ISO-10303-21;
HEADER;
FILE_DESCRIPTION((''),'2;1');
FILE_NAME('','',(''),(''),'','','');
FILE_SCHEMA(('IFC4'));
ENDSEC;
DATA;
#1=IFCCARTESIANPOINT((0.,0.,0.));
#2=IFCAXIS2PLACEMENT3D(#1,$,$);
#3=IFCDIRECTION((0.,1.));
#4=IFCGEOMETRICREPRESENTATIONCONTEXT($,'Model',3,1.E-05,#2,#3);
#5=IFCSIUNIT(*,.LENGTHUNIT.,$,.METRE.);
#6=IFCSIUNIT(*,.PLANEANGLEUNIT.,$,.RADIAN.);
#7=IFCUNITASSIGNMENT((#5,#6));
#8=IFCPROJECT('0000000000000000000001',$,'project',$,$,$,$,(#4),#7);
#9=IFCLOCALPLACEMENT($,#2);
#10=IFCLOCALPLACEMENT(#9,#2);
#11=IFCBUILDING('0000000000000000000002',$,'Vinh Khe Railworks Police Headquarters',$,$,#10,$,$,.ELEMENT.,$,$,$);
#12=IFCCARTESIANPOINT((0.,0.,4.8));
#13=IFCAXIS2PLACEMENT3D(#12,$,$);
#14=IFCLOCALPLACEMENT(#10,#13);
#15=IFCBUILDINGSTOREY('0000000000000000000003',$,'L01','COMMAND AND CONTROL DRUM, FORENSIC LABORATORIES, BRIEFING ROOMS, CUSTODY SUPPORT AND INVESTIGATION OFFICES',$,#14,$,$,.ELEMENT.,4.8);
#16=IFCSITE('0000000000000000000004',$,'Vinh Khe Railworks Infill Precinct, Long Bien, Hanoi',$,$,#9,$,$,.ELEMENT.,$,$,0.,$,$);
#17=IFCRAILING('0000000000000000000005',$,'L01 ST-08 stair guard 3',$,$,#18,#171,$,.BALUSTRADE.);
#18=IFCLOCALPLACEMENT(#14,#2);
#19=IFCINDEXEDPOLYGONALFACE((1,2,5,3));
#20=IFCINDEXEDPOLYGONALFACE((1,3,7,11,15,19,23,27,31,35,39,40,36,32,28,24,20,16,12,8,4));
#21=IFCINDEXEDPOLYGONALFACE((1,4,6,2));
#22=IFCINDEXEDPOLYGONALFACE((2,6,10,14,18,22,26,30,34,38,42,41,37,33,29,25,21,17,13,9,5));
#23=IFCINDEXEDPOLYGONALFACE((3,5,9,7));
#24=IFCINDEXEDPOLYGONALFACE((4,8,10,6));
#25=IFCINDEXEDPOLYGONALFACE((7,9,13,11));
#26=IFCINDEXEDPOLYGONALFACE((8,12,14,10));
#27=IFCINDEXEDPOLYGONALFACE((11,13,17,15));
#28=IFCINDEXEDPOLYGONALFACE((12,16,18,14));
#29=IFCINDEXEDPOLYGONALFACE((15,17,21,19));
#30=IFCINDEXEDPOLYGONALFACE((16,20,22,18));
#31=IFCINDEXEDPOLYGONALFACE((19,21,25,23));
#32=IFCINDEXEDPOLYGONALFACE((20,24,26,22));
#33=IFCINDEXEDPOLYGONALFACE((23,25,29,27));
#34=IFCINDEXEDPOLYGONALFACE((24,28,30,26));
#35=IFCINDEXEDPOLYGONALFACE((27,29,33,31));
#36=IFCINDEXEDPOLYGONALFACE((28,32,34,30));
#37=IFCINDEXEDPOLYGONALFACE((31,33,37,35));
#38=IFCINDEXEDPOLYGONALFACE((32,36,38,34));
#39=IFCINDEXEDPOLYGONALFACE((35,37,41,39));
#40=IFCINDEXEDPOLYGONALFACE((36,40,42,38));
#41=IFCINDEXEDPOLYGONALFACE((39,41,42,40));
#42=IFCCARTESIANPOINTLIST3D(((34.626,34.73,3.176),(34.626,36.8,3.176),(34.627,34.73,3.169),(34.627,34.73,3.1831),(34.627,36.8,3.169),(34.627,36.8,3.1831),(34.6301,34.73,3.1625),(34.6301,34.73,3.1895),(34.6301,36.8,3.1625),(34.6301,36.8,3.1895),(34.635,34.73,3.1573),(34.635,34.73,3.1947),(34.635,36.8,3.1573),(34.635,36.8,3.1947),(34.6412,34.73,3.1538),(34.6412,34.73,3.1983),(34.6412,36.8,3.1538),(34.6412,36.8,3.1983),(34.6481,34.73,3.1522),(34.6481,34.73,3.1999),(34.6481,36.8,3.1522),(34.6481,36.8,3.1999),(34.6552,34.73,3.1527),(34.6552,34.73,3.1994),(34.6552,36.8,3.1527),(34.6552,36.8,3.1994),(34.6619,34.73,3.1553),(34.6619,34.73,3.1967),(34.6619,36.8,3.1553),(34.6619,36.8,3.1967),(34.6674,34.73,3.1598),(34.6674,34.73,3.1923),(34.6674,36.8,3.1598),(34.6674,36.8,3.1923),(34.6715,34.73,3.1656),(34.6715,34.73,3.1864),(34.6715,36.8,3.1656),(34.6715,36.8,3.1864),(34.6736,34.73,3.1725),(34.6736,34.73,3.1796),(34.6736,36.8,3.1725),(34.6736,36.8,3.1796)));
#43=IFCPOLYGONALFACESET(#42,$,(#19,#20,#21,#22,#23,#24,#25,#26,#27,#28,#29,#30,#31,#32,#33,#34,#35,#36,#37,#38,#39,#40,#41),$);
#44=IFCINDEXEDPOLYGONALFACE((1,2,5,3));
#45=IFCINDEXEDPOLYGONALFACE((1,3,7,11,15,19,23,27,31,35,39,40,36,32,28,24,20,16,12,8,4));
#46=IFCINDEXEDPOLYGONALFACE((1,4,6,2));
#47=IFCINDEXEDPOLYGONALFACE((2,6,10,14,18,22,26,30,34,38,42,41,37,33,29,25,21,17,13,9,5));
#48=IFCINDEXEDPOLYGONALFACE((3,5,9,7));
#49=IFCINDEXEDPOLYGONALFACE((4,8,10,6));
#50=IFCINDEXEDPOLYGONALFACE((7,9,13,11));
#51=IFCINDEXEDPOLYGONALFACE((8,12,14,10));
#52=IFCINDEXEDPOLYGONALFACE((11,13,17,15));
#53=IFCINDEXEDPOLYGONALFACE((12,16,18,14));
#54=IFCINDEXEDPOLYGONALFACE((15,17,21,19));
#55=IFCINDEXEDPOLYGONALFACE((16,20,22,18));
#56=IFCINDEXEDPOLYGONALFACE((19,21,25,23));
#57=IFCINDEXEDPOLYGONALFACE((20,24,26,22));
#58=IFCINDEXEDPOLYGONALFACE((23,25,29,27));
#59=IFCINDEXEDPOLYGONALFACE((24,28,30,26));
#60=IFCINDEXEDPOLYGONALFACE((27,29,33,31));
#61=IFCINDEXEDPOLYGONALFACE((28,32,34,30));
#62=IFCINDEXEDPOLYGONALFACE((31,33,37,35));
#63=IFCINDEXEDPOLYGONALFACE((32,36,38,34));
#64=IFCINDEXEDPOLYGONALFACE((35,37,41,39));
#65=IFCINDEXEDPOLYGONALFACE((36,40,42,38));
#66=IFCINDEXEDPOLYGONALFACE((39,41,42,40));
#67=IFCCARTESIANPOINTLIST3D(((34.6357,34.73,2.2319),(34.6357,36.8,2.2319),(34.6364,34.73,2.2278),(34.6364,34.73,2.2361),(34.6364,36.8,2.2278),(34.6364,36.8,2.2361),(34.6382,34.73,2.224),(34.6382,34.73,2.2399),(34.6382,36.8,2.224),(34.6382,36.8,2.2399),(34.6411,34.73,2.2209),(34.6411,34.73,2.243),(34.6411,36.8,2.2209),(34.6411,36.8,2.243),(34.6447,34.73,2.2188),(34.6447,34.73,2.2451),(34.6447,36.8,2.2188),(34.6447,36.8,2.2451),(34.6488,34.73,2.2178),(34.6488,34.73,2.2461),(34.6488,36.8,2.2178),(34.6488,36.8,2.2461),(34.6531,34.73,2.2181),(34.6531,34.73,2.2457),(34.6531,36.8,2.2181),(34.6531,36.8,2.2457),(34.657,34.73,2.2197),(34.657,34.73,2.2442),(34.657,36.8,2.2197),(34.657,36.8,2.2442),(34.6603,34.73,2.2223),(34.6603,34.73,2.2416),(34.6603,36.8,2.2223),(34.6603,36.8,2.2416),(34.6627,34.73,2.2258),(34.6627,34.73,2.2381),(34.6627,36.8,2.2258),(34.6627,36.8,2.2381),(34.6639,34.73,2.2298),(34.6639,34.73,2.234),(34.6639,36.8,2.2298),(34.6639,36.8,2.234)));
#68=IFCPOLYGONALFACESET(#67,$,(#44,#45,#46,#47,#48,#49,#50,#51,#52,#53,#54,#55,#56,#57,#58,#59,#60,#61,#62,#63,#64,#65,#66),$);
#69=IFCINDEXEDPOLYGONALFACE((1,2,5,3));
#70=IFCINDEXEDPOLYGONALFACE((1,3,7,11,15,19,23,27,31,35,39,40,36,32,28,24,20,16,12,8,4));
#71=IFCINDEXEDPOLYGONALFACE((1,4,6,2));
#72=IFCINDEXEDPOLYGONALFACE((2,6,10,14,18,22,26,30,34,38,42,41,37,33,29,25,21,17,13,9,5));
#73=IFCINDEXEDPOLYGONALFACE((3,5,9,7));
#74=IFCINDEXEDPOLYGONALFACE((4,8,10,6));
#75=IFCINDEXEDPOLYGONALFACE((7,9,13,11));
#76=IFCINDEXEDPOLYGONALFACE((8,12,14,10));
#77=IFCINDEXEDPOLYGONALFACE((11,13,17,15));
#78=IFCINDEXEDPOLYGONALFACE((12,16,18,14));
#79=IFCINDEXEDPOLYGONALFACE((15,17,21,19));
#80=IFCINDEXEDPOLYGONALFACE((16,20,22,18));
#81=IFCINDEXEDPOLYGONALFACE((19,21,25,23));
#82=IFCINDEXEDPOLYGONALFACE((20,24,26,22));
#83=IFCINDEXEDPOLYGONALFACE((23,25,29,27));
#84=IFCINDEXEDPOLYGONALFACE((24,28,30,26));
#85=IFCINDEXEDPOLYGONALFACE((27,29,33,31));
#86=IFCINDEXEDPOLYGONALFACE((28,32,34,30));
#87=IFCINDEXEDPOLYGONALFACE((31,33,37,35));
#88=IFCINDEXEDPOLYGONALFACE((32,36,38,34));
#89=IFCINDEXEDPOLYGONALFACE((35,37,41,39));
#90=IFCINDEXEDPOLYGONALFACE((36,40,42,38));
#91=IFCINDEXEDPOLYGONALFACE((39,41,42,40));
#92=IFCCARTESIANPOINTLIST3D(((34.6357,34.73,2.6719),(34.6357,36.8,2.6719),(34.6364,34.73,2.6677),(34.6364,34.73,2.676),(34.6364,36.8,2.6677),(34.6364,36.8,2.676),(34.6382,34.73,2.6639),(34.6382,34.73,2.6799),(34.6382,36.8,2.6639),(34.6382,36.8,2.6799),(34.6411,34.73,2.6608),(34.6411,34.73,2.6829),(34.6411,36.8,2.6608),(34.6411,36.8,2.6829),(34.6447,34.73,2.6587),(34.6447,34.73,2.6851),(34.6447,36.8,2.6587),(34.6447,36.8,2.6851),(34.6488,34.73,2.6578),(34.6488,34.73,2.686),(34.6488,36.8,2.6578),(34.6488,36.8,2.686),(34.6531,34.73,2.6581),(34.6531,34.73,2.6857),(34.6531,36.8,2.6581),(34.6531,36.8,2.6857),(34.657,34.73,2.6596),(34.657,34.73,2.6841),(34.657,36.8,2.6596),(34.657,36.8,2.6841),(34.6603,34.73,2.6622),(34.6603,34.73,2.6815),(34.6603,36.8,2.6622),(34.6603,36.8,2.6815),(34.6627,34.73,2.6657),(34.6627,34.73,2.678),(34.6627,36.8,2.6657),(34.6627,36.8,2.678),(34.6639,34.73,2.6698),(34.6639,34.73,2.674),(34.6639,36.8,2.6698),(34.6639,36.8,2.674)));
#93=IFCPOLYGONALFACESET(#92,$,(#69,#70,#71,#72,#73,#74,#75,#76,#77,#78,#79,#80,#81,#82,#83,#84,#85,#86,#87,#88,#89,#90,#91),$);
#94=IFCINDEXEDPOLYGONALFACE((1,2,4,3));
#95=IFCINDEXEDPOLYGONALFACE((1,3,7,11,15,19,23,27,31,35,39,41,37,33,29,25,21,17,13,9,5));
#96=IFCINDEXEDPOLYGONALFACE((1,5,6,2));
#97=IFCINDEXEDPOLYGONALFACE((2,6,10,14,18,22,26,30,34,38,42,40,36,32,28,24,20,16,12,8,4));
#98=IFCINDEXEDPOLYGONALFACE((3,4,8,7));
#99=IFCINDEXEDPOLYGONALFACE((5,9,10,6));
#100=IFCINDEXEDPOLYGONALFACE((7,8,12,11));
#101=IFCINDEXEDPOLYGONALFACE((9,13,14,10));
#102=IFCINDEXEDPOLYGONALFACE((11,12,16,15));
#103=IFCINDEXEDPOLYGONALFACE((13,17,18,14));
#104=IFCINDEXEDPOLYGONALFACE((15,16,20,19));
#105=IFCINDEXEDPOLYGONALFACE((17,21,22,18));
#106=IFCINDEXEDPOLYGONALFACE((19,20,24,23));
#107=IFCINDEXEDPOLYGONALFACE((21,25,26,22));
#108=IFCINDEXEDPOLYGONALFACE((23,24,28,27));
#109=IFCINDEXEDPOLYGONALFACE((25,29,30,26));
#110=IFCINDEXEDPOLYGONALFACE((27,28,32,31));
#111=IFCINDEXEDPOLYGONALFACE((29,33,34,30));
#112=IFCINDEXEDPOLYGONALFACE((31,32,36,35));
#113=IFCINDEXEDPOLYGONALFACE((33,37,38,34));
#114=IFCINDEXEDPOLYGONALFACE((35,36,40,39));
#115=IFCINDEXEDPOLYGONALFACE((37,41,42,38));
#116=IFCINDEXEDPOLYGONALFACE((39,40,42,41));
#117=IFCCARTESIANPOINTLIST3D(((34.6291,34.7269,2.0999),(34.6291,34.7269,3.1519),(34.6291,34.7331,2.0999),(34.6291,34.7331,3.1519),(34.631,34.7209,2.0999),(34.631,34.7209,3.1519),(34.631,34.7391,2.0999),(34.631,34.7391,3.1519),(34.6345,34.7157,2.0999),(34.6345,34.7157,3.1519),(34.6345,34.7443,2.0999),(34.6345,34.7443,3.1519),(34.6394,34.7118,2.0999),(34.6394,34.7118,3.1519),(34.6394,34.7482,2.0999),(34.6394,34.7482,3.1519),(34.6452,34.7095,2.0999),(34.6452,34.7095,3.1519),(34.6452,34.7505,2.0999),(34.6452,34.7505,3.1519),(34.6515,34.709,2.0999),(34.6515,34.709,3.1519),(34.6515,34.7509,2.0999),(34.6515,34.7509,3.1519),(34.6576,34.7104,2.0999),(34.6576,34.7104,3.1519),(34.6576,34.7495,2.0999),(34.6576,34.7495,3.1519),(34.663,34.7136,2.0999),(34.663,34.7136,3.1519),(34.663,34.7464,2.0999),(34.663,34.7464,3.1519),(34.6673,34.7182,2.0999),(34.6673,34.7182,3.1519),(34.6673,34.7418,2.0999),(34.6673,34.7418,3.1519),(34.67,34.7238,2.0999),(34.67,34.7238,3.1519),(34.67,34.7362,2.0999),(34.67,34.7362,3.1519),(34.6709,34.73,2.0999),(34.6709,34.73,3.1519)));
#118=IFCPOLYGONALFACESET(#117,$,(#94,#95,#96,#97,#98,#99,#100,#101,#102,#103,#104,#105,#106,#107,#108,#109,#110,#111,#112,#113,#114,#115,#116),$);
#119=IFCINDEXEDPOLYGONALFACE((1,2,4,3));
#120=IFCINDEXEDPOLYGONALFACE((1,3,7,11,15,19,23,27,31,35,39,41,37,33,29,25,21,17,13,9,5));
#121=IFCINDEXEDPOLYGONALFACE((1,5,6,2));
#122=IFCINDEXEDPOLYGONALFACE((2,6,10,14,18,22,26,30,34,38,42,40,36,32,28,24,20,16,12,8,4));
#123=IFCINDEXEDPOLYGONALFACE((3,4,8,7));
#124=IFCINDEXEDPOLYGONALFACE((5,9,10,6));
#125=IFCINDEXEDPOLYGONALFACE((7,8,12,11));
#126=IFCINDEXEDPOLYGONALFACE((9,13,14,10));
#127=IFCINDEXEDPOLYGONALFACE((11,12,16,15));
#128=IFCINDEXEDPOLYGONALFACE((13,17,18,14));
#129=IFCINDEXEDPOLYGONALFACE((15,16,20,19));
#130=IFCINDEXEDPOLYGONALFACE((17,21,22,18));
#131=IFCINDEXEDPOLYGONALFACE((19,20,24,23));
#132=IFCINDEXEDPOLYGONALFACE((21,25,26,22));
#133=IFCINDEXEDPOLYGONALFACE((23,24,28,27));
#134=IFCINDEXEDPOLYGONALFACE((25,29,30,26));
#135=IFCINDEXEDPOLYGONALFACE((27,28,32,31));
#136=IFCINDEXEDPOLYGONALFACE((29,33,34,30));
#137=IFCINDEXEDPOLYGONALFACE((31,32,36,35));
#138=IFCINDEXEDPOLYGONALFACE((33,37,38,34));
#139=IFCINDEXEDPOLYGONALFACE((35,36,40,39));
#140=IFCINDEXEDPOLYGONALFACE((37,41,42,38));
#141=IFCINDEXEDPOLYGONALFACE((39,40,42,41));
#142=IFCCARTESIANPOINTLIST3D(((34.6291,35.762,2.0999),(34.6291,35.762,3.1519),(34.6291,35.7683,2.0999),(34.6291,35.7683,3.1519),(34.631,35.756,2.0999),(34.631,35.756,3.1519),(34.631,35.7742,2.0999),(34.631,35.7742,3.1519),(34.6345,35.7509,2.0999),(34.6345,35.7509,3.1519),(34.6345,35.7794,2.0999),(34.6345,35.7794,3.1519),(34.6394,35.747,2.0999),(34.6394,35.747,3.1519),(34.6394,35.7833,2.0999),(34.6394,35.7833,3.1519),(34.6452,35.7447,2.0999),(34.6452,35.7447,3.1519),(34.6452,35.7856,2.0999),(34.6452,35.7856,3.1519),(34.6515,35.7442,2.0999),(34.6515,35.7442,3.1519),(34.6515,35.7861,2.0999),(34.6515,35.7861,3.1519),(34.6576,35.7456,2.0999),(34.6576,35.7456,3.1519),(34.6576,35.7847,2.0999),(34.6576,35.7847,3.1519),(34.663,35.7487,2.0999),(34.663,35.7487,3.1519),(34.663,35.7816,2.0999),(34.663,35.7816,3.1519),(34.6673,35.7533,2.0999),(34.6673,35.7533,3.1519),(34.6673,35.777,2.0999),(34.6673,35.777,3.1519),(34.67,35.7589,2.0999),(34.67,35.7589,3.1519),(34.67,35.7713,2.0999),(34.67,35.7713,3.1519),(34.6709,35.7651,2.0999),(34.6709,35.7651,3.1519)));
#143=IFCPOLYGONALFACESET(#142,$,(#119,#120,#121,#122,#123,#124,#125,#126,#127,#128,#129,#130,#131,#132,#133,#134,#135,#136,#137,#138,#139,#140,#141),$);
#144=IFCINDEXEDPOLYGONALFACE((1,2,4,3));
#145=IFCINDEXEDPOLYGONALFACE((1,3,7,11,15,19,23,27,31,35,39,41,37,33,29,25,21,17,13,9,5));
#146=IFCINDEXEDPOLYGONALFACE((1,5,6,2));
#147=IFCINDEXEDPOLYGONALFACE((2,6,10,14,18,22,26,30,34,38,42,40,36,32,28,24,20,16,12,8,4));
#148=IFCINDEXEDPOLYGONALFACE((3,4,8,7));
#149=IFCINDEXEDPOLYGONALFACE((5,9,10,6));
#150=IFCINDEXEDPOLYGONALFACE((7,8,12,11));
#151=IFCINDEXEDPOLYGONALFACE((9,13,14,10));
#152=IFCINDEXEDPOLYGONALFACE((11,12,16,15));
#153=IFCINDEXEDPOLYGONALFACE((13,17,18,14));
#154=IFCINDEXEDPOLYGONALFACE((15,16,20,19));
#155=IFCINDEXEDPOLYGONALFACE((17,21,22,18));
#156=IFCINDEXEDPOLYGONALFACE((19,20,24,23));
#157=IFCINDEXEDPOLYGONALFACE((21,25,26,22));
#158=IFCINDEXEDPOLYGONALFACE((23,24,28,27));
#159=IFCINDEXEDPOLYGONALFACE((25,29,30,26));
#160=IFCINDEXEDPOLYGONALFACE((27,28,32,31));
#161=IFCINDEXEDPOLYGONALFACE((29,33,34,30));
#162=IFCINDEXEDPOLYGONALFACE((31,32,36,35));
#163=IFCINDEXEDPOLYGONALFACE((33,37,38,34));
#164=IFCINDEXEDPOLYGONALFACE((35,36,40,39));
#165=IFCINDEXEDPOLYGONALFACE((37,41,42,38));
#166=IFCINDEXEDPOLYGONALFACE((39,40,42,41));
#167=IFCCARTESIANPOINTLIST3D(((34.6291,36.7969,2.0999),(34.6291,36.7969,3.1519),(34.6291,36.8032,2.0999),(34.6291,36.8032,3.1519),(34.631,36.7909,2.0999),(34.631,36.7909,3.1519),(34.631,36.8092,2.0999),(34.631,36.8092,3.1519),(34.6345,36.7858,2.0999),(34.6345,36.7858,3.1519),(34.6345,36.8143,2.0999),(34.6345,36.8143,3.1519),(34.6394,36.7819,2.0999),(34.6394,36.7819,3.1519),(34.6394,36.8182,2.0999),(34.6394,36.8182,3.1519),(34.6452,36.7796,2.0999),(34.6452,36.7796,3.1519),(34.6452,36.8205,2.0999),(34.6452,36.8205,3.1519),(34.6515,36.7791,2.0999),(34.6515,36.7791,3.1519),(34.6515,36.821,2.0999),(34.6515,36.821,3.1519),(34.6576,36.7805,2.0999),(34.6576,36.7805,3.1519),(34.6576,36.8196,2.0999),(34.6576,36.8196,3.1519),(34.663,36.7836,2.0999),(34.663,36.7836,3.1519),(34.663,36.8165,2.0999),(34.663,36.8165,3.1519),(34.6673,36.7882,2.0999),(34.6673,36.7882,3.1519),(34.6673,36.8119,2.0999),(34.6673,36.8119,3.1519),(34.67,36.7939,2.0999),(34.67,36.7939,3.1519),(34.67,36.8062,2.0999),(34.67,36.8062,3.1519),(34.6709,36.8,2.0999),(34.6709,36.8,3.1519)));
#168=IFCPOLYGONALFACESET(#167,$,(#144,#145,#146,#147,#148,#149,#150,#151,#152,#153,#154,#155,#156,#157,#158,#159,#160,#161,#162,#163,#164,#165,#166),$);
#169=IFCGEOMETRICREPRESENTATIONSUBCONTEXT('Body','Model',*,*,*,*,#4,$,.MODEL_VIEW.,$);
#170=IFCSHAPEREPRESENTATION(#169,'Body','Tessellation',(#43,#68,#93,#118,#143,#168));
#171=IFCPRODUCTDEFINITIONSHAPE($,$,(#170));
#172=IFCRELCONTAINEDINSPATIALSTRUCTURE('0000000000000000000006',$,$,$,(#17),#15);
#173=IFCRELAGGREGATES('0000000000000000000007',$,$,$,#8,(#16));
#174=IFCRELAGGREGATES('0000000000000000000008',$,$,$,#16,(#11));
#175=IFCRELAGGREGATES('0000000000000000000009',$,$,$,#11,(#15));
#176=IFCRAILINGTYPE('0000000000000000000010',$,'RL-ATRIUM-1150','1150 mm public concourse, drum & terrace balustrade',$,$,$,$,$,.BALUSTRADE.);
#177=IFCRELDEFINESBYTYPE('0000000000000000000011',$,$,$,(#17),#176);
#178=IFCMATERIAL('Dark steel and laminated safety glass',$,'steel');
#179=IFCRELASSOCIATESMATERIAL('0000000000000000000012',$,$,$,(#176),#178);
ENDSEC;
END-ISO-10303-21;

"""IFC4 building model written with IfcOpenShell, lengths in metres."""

from ifc_helpers import new_model, si_unit, direction, frame, origin, origin_2d, place, context, subcontext, project, spatial, circle, extrude, material, type_object, element, save


model = new_model("IFC4")

# Units and contexts
model_context = context("Model", 3, precision=1e-05, world=origin(), true_north=direction((0.0, 1.0)))
body_context = subcontext(model_context, "Body", "Model", "MODEL_VIEW")
ifc_project = project(units=[si_unit("LENGTHUNIT", "METRE"), si_unit("PLANEANGLEUNIT", "RADIAN")], contexts=[model_context])

# Site, building, storey
site_placement = place(None, origin())
site = spatial("IfcSite", under=ifc_project, at=site_placement, Name="Vinh Khe Railworks Infill Precinct, Long Bien, Hanoi", CompositionType="ELEMENT", RefElevation=0.0)
building_placement = place(site_placement, origin())
building = spatial("IfcBuilding", under=site, at=building_placement, Name="Vinh Khe Railworks Police Headquarters", CompositionType="ELEMENT")
storey_placement = place(building_placement, frame((0.0, 0.0, 4.8)))
storey = spatial("IfcBuildingStorey", under=building, at=storey_placement, Name="L01", Description="COMMAND AND CONTROL DRUM, FORENSIC LABORATORIES, BRIEFING ROOMS, CUSTODY SUPPORT AND INVESTIGATION OFFICES", CompositionType="ELEMENT", Elevation=4.8)

# Railing
ifc_material_1 = material(Name="Dark steel and laminated safety glass", Category="steel")
railing_type_1 = type_object("IfcRailingType", Name="RL-ATRIUM-1150", Description="1150 mm public concourse, drum & terrace balustrade", PredefinedType="BALUSTRADE", material=ifc_material_1)
for number, where, name in (
    (1, (34.6499, 34.73, 2.0999), "L01 ST-08 stair guard 3"),
):
    element("IfcRailing", number, at=place(storey_placement, frame(where)), inside=storey, type_object=railing_type_1, Name=name, PredefinedType="BALUSTRADE", context=body_context, shape_type="SweptSolid", body=[
        extrude(circle(Radius=0.0239, at=origin_2d()), frame((0.0, 0.0, 1.0762), z_axis=(0.0, 1.0, 0.0), x_axis=(-1.0, 0.0, 0.0)), (0.0, 0.0, 1.0), 2.0701),
        extrude(circle(Radius=0.0142, at=origin_2d()), frame((0.0, 0.0, 0.1321), z_axis=(0.0, 1.0, 0.0), x_axis=(-1.0, 0.0, 0.0)), (0.0, 0.0, 1.0), 2.0701),
        extrude(circle(Radius=0.0142, at=origin_2d()), frame((0.0, 0.0, 0.572), z_axis=(0.0, 1.0, 0.0), x_axis=(-1.0, 0.0, 0.0)), (0.0, 0.0, 1.0), 2.0701),
        extrude(circle(Radius=0.021, at=origin_2d()), origin(), (0.0, 0.0, 1.0), 1.052),
        extrude(circle(Radius=0.021, at=origin_2d()), frame((0.0, 1.0352, 0.0)), (0.0, 0.0, 1.0), 1.052),
        extrude(circle(Radius=0.021, at=origin_2d()), frame((0.0, 2.0701, 0.0)), (0.0, 0.0, 1.0), 1.052),
    ])

save(model, "model.ifc")
